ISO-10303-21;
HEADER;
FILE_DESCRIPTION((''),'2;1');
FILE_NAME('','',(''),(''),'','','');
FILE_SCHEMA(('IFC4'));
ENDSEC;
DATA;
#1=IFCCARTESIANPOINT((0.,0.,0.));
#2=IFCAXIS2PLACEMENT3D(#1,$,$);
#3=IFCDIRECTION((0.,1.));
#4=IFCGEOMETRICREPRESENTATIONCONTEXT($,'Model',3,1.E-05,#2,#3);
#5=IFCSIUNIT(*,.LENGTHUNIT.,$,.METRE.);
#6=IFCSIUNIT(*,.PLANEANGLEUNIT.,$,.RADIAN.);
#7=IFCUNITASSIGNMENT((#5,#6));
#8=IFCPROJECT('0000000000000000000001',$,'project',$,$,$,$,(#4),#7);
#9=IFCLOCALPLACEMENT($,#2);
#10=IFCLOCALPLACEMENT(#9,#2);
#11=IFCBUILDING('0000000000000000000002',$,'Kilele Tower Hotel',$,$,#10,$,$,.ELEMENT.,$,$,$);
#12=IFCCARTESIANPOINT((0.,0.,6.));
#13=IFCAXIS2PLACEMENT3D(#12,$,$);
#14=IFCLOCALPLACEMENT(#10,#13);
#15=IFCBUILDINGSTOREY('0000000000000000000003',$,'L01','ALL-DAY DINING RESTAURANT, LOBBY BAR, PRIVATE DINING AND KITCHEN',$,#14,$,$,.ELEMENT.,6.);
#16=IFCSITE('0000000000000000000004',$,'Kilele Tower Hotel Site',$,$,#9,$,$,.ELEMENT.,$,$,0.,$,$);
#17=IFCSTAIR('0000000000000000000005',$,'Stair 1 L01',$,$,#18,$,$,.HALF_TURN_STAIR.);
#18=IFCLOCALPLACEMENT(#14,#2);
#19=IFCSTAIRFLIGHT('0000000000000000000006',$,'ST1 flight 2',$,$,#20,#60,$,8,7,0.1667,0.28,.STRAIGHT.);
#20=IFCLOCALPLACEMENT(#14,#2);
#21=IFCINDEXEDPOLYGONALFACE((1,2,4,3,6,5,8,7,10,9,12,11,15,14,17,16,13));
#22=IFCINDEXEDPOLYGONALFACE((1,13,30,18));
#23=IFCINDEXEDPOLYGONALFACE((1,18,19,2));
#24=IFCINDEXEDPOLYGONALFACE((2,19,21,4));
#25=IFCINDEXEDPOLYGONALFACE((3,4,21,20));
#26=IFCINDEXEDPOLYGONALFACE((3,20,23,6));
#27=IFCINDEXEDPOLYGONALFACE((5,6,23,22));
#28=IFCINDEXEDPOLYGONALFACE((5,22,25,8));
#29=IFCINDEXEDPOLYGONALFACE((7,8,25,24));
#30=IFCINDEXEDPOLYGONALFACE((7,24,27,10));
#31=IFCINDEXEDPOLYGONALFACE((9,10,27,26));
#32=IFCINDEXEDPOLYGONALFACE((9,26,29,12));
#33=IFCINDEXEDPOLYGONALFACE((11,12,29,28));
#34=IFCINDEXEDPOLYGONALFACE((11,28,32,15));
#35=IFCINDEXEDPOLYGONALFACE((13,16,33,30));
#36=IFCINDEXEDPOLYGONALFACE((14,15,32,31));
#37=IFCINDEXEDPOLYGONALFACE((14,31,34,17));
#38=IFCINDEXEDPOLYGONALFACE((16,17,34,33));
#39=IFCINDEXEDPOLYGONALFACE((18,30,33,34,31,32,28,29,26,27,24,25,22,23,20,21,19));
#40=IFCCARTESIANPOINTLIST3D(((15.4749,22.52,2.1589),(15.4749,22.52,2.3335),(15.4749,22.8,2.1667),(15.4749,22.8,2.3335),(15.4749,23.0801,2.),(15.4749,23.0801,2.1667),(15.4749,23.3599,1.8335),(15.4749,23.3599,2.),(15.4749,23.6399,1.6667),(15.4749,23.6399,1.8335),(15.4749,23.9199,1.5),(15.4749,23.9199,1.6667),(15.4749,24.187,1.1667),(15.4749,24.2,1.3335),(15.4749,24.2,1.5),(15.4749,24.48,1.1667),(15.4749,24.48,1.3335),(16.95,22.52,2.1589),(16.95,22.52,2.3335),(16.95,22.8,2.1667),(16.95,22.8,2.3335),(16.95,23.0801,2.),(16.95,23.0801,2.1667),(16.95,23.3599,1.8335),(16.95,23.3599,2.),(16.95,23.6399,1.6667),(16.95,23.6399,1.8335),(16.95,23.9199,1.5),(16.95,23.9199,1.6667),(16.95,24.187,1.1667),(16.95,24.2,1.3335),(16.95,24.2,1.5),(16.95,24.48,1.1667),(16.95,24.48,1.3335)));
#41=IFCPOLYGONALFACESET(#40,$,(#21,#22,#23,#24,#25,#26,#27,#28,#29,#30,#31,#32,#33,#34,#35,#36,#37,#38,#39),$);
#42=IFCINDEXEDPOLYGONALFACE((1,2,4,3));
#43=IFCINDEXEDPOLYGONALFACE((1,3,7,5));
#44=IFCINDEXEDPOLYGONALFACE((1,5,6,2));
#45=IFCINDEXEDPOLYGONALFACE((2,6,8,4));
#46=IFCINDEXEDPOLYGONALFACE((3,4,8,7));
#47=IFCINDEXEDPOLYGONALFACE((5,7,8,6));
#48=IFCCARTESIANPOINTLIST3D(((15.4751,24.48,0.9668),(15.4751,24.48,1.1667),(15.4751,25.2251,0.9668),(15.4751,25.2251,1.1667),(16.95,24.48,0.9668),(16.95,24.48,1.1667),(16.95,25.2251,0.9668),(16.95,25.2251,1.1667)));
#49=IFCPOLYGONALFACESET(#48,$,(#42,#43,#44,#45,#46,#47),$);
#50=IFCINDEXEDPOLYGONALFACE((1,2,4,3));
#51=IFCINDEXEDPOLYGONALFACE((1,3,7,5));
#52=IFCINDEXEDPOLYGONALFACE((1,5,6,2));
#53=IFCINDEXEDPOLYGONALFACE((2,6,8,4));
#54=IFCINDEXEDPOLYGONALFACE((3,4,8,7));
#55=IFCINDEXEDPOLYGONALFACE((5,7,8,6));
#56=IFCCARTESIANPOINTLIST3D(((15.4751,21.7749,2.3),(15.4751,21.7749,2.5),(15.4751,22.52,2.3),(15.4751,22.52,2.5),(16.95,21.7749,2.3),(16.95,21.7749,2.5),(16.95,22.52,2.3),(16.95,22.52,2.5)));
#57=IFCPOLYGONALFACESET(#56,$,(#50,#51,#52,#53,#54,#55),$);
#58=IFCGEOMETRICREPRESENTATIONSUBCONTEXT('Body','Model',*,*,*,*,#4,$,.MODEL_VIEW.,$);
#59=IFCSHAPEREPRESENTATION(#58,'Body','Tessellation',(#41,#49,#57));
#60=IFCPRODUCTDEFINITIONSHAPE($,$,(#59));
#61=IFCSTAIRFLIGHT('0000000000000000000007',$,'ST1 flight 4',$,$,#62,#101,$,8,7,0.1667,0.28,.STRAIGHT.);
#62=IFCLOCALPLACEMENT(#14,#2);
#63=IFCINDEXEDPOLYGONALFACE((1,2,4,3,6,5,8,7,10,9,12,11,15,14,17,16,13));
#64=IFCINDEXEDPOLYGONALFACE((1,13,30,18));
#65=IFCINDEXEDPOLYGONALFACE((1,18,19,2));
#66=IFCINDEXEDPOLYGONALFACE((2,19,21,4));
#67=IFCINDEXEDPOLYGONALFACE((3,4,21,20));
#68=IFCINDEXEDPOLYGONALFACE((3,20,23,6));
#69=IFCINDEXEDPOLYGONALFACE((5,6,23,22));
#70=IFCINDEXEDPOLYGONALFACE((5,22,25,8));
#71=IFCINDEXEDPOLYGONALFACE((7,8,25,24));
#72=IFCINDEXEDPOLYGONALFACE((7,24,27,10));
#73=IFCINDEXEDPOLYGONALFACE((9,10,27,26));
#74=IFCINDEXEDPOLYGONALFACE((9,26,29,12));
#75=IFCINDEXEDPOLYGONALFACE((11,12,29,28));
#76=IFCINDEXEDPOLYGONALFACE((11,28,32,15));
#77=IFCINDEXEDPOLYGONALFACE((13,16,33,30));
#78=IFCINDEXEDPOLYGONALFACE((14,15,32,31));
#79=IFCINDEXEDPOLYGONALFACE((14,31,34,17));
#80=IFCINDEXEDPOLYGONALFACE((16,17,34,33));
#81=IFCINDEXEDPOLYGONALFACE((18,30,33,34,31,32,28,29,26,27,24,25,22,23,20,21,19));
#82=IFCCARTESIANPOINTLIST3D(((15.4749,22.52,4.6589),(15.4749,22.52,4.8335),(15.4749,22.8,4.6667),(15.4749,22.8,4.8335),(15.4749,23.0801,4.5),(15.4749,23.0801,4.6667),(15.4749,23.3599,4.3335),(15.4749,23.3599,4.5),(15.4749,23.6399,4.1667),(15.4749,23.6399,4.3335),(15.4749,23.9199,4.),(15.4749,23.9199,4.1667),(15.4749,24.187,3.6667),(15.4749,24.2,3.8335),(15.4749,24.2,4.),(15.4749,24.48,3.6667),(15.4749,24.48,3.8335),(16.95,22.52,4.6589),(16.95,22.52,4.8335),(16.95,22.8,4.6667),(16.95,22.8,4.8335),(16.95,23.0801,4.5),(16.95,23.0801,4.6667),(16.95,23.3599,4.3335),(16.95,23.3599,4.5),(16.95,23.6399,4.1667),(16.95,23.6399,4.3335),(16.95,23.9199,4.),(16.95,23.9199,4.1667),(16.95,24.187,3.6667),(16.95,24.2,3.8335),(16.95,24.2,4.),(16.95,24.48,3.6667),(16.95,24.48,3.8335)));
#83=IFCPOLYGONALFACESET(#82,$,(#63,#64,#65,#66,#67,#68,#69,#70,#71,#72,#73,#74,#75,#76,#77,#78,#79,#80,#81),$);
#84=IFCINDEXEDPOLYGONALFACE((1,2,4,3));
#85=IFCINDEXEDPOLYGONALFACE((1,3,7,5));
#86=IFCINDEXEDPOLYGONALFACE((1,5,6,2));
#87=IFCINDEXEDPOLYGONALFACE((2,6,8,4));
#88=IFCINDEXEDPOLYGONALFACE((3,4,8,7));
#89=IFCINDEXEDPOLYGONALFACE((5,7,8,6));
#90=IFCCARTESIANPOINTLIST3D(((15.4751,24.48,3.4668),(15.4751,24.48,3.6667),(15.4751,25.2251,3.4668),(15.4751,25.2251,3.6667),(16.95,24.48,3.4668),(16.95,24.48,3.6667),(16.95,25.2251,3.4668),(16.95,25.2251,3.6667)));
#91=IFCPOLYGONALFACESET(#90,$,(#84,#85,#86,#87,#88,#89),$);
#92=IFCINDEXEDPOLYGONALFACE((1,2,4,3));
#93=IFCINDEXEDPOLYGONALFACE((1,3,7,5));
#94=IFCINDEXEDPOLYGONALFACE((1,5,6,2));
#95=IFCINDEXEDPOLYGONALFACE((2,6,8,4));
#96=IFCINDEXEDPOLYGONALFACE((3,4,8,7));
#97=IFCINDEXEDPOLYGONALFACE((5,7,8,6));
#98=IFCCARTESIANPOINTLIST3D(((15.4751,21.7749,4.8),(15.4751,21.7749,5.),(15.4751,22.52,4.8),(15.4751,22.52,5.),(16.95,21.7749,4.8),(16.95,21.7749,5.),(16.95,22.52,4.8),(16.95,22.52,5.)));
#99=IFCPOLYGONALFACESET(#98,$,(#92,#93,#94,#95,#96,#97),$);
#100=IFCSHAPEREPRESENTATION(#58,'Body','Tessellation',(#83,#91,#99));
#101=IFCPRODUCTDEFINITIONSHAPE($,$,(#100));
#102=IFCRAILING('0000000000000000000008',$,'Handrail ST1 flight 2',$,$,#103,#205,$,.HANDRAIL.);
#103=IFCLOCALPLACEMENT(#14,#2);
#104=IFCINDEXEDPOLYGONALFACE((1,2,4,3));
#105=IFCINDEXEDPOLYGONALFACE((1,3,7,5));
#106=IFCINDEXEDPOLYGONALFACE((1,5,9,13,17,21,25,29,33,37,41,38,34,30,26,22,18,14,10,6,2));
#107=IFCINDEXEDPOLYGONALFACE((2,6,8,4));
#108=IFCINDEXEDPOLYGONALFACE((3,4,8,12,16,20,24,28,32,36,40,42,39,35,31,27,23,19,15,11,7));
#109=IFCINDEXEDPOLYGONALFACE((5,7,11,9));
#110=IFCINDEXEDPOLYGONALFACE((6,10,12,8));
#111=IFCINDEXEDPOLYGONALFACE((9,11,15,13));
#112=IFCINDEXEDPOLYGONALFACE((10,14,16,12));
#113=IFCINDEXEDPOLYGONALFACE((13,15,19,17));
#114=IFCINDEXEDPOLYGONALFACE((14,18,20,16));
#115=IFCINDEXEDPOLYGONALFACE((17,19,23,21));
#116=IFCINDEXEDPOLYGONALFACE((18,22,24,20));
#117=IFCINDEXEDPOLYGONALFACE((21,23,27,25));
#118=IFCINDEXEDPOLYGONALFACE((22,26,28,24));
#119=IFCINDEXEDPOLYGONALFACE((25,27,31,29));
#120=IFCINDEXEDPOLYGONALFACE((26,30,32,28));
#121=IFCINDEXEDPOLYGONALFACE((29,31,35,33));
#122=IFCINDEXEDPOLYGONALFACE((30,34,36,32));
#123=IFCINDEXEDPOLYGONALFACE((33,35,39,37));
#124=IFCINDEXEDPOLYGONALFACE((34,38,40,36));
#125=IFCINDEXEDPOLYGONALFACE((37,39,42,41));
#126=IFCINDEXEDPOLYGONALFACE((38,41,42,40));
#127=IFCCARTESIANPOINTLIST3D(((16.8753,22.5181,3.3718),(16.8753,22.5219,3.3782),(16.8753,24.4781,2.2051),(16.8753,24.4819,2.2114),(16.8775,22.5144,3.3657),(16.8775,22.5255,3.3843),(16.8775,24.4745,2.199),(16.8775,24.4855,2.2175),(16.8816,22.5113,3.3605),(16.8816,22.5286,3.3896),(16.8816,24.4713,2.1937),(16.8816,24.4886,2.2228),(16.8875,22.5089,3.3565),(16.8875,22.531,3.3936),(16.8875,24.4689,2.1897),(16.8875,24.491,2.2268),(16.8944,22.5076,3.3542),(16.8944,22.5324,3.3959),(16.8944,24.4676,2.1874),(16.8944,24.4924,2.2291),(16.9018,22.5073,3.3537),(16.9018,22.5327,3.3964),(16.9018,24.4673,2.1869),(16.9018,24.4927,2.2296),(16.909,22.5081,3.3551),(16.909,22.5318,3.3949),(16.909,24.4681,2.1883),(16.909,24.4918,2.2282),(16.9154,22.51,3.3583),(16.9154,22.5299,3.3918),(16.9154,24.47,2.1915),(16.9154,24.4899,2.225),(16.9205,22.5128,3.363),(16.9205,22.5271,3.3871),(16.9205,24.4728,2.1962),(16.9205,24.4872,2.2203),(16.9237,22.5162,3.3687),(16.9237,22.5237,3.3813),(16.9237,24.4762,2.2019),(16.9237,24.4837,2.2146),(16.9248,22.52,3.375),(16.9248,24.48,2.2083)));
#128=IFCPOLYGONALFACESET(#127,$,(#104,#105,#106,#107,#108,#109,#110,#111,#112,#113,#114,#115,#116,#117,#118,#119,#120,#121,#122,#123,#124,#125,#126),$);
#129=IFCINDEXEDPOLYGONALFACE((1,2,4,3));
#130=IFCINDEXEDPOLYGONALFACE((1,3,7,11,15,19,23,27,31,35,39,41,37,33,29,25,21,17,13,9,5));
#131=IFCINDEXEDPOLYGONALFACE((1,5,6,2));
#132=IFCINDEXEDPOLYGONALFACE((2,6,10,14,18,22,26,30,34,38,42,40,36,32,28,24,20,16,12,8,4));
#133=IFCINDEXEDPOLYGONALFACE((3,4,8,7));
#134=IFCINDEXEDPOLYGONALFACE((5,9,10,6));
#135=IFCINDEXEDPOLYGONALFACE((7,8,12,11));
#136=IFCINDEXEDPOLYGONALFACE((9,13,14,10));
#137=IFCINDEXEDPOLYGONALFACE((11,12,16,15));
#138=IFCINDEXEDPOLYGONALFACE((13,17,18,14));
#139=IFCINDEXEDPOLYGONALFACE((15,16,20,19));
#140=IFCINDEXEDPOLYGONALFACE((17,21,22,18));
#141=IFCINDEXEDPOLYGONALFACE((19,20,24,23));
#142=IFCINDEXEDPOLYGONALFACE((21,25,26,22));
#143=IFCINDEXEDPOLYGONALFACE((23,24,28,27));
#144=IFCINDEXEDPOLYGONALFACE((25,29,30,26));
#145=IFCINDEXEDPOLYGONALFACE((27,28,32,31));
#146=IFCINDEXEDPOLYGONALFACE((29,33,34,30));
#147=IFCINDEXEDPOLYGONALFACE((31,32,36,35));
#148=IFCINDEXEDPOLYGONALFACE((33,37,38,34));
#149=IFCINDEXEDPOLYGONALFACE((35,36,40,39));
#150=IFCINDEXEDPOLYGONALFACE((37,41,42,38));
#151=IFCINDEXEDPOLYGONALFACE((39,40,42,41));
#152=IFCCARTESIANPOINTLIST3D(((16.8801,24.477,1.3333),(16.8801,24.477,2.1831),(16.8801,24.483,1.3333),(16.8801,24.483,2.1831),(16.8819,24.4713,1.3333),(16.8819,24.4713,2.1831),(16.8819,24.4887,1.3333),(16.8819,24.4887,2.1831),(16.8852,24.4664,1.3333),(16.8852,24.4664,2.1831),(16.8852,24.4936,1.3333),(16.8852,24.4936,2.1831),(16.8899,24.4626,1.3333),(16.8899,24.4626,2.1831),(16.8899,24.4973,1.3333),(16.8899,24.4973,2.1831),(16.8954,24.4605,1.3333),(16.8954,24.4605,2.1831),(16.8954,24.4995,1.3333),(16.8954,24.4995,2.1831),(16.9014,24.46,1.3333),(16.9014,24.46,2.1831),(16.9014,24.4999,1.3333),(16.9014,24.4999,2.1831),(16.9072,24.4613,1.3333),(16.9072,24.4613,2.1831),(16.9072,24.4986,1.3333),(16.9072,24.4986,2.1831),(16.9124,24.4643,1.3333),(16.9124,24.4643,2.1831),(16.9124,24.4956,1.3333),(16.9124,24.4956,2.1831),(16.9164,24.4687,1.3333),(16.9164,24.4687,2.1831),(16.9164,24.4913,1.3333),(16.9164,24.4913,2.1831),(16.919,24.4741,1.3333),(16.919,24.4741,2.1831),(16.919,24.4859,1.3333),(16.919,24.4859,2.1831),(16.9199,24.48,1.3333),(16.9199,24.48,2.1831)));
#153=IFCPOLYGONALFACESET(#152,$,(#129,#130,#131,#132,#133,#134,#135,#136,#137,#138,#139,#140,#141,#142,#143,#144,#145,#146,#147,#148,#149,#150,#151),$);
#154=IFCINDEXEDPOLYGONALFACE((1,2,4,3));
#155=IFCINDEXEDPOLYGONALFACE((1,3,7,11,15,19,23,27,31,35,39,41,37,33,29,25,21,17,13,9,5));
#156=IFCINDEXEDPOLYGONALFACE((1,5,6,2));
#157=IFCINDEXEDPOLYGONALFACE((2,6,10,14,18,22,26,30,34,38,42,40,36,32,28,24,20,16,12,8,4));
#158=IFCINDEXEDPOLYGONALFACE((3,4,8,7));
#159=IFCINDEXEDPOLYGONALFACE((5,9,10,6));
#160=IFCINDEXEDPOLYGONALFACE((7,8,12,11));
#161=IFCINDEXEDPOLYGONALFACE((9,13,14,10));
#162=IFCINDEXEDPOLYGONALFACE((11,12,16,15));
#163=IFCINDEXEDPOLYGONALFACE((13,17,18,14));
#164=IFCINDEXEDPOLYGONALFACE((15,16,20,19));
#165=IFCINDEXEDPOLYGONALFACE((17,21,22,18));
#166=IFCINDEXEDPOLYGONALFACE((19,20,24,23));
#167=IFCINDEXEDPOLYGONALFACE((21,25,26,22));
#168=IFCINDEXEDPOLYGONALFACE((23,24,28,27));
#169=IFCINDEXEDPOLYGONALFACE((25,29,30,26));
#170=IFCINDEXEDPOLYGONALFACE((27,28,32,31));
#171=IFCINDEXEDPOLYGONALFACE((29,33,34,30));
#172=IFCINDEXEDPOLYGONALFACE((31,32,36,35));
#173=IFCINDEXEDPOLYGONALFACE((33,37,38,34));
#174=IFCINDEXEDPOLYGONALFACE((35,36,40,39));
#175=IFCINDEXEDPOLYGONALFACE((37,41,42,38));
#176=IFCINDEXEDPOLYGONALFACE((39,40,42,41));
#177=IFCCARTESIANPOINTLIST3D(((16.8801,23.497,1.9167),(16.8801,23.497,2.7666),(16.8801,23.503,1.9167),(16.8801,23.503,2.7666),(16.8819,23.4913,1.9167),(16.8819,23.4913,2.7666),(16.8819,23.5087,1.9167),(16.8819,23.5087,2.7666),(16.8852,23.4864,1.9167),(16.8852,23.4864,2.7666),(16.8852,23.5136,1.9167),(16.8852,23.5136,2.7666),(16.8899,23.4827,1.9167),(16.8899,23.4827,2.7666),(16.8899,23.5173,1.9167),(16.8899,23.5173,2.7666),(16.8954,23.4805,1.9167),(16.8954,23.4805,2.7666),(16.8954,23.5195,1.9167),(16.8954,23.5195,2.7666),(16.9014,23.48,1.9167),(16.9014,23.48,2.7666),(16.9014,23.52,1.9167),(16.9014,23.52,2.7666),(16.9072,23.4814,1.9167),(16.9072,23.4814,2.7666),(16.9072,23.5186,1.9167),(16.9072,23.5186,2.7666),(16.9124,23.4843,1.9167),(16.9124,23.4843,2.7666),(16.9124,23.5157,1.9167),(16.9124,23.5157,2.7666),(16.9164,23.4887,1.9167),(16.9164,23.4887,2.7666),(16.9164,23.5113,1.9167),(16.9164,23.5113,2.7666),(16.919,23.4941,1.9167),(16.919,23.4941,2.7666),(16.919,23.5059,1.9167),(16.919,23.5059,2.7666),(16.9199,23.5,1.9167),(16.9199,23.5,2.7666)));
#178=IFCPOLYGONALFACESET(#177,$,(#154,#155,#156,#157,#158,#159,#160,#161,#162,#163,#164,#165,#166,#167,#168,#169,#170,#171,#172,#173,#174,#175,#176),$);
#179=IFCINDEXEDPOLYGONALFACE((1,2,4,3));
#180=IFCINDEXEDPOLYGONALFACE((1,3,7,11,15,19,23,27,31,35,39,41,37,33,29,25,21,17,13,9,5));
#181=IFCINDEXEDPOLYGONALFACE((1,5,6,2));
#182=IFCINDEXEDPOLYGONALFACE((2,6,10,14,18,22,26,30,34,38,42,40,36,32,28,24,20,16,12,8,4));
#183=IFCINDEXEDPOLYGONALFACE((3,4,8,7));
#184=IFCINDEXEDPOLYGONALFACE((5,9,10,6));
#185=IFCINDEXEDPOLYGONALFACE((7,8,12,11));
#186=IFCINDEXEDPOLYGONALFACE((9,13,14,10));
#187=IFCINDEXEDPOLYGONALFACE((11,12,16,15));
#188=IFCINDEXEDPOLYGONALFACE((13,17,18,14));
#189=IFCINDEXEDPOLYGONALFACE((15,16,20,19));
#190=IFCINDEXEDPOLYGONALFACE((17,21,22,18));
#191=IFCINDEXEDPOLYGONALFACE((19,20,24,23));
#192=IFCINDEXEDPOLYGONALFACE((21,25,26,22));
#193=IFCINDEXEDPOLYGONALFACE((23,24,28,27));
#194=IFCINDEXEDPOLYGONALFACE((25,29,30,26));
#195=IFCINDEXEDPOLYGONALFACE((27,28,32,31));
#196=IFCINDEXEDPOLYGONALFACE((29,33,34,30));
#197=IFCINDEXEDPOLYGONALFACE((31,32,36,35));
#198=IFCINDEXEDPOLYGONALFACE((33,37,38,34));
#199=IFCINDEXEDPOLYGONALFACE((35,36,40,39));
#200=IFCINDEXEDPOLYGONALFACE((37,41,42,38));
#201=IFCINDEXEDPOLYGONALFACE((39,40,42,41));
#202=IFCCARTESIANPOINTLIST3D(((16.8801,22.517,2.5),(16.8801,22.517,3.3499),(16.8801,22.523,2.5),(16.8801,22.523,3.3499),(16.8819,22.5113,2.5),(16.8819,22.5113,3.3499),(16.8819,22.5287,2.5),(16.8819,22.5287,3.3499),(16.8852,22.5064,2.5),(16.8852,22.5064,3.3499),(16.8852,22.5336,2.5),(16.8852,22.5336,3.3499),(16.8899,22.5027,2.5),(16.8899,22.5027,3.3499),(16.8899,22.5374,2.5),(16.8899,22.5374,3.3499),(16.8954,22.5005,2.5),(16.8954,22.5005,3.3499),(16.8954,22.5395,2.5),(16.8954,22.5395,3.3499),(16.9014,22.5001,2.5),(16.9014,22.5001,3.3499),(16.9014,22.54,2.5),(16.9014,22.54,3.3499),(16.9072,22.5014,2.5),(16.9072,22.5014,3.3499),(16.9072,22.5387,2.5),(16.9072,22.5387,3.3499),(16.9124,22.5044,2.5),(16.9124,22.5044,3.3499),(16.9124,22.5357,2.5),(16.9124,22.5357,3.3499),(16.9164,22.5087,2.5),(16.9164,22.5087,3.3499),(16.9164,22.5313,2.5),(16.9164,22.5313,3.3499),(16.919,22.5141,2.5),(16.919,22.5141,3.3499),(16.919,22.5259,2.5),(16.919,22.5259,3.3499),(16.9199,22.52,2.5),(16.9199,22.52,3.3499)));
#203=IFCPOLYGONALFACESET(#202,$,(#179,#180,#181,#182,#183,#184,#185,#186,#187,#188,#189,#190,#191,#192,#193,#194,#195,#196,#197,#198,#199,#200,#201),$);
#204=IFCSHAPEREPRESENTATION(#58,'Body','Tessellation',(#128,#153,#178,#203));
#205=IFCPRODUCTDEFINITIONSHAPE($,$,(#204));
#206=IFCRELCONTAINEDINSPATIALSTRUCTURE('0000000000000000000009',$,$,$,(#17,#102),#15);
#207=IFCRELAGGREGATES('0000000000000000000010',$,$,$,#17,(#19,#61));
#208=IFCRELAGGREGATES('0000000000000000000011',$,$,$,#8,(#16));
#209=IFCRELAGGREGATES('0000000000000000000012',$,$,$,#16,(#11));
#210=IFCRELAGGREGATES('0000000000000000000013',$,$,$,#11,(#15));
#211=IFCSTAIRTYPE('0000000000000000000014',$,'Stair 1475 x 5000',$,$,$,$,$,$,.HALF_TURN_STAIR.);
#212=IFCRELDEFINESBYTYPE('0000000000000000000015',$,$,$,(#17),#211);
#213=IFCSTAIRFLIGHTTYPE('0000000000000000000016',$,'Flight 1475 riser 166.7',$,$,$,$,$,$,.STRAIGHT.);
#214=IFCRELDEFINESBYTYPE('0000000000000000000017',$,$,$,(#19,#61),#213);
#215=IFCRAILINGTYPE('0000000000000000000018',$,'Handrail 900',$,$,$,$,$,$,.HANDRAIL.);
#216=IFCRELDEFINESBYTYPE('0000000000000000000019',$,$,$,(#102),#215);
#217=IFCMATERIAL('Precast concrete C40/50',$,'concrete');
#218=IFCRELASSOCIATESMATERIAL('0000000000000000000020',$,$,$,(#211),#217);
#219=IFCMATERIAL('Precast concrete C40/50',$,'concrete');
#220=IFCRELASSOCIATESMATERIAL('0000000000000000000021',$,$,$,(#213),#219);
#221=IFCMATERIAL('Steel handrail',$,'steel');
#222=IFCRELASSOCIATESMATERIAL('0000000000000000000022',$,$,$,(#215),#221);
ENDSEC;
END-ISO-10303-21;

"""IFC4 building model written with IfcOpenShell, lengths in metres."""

from ifc_helpers import new_model, si_unit, direction, frame, origin, origin_2d, place, context, subcontext, project, spatial, polyline, circle, outline, extrude, material, type_object, element, aggregate, save


model = new_model("IFC4")

# Units and contexts
model_context = context("Model", 3, precision=1e-05, world=origin(), true_north=direction((0.0, 1.0)))
body_context = subcontext(model_context, "Body", "Model", "MODEL_VIEW")
ifc_project = project(units=[si_unit("LENGTHUNIT", "METRE"), si_unit("PLANEANGLEUNIT", "RADIAN")], contexts=[model_context])

# Site, building, storey
site_placement = place(None, origin())
site = spatial("IfcSite", under=ifc_project, at=site_placement, Name="Kilele Tower Hotel Site", CompositionType="ELEMENT", RefElevation=0.0)
building_placement = place(site_placement, origin())
building = spatial("IfcBuilding", under=site, at=building_placement, Name="Kilele Tower Hotel", CompositionType="ELEMENT")
storey_placement = place(building_placement, frame((0.0, 0.0, 6.0)))
storey = spatial("IfcBuildingStorey", under=building, at=storey_placement, Name="L01", Description="ALL-DAY DINING RESTAURANT, LOBBY BAR, PRIVATE DINING AND KITCHEN", CompositionType="ELEMENT", Elevation=6.0)

# Stair, stair flights
ifc_material_1 = material(Name="Precast concrete C40/50", Category="concrete")
stair_type = type_object("IfcStairType", Name="Stair 1475 x 5000", PredefinedType="HALF_TURN_STAIR", material=ifc_material_1)
stair_placement = place(storey_placement, origin())
stair = element("IfcStair", 1, at=stair_placement, inside=storey, type_object=stair_type, Name="Stair 1 L01", PredefinedType="HALF_TURN_STAIR")
ifc_material_2 = material(Name="Precast concrete C40/50", Category="concrete")
stair_flight_type = type_object("IfcStairFlightType", Name="Flight 1475 riser 166.7", PredefinedType="STRAIGHT", material=ifc_material_2)
stair_flight_1_placement = place(storey_placement, frame((16.2124, 24.48, 1.1667), z_axis=(0.0, 0.0, 1.0), x_axis=(0.0, -1.0, 0.0)))
stair_flight_1 = element("IfcStairFlight", 2, at=stair_flight_1_placement, type_object=stair_flight_type, Name="ST1 flight 2", NumberOfRisers=8, NumberOfTreads=7, PredefinedType="STRAIGHT", RiserHeight=0.1667, TreadLength=0.28, context=body_context, shape_type="SweptSolid", body=[
    extrude(outline(polyline([(0.0, 0.0), (0.0, 0.1667), (0.28, 0.1667), (0.28, 0.3333), (0.5601, 0.3333), (0.5601, 0.5), (0.8401, 0.5), (0.8401, 0.6667), (1.1201, 0.6667), (1.1201, 0.8333), (1.3999, 0.8333), (1.3999, 1.0), (1.6799, 1.0), (1.6799, 1.1667), (1.96, 1.1667), (1.96, 1.3333), (1.96, 0.9922), (0.293, 0.0), (0.0, 0.0)])), frame((0.0, 0.7375, 0.0), z_axis=(0.0, -1.0, 0.0), x_axis=(1.0, 0.0, 0.0)), (0.0, 0.0, 1.0), 1.4751),
    extrude(outline(polyline([(0.0, -0.7373), (0.0, 0.7375), (-0.7451, 0.7375), (-0.7451, -0.7373), (0.0, -0.7373)])), frame((0.0, 0.0, -0.2)), (0.0, 0.0, 1.0), 0.2),
    extrude(outline(polyline([(2.7051, -0.7373), (2.7051, 0.7375), (1.96, 0.7375), (1.96, -0.7373), (2.7051, -0.7373)])), frame((0.0, 0.0, 1.1333)), (0.0, 0.0, 1.0), 0.2),
])
stair_flight_2_placement = place(storey_placement, frame((16.2124, 24.48, 3.6667), z_axis=(0.0, 0.0, 1.0), x_axis=(0.0, -1.0, 0.0)))
stair_flight_2 = element("IfcStairFlight", 3, at=stair_flight_2_placement, type_object=stair_flight_type, Name="ST1 flight 4", NumberOfRisers=8, NumberOfTreads=7, PredefinedType="STRAIGHT", RiserHeight=0.1667, TreadLength=0.28, context=body_context, shape_type="SweptSolid", body=[
    extrude(outline(polyline([(0.0, 0.0), (0.0, 0.1667), (0.28, 0.1667), (0.28, 0.3333), (0.5601, 0.3333), (0.5601, 0.5), (0.8401, 0.5), (0.8401, 0.6667), (1.1201, 0.6667), (1.1201, 0.8333), (1.3999, 0.8333), (1.3999, 1.0), (1.6799, 1.0), (1.6799, 1.1667), (1.96, 1.1667), (1.96, 1.3333), (1.96, 0.9922), (0.293, 0.0), (0.0, 0.0)])), frame((0.0, 0.7375, 0.0), z_axis=(0.0, -1.0, 0.0), x_axis=(1.0, 0.0, 0.0)), (0.0, 0.0, 1.0), 1.4751),
    extrude(outline(polyline([(0.0, -0.7373), (0.0, 0.7375), (-0.7451, 0.7375), (-0.7451, -0.7373), (0.0, -0.7373)])), frame((0.0, 0.0, -0.2)), (0.0, 0.0, 1.0), 0.2),
    extrude(outline(polyline([(2.7051, -0.7373), (2.7051, 0.7375), (1.96, 0.7375), (1.96, -0.7373), (2.7051, -0.7373)])), frame((0.0, 0.0, 1.1333)), (0.0, 0.0, 1.0), 0.2),
])
aggregate(stair, [stair_flight_1, stair_flight_2])

# Railing
ifc_material_3 = material(Name="Steel handrail", Category="steel")
railing_type = type_object("IfcRailingType", Name="Handrail 900", PredefinedType="HANDRAIL", material=ifc_material_3)
for number, where, name in (
    (4, (16.8999, 24.48, 1.3333), "Handrail ST1 flight 2"),
):
    element("IfcRailing", number, at=place(storey_placement, frame(where)), inside=storey, type_object=railing_type, Name=name, PredefinedType="HANDRAIL", context=body_context, shape_type="SweptSolid", body=[
        extrude(circle(Radius=0.0249, at=origin_2d()), frame((0.0, 0.0, 0.875), z_axis=(0.0, -0.859273, 0.511518), x_axis=(1.0, 0.0, 0.0)), (0.0, 0.0, 1.0), 2.281),
        extrude(circle(Radius=0.02, at=origin_2d()), origin(), (0.0, 0.0, 1.0), 0.8499),
        extrude(circle(Radius=0.02, at=origin_2d()), frame((0.0, -0.98, 0.5835)), (0.0, 0.0, 1.0), 0.8499),
        extrude(circle(Radius=0.02, at=origin_2d()), frame((0.0, -1.96, 1.1667)), (0.0, 0.0, 1.0), 0.8499),
    ])

save(model, "model.ifc")
